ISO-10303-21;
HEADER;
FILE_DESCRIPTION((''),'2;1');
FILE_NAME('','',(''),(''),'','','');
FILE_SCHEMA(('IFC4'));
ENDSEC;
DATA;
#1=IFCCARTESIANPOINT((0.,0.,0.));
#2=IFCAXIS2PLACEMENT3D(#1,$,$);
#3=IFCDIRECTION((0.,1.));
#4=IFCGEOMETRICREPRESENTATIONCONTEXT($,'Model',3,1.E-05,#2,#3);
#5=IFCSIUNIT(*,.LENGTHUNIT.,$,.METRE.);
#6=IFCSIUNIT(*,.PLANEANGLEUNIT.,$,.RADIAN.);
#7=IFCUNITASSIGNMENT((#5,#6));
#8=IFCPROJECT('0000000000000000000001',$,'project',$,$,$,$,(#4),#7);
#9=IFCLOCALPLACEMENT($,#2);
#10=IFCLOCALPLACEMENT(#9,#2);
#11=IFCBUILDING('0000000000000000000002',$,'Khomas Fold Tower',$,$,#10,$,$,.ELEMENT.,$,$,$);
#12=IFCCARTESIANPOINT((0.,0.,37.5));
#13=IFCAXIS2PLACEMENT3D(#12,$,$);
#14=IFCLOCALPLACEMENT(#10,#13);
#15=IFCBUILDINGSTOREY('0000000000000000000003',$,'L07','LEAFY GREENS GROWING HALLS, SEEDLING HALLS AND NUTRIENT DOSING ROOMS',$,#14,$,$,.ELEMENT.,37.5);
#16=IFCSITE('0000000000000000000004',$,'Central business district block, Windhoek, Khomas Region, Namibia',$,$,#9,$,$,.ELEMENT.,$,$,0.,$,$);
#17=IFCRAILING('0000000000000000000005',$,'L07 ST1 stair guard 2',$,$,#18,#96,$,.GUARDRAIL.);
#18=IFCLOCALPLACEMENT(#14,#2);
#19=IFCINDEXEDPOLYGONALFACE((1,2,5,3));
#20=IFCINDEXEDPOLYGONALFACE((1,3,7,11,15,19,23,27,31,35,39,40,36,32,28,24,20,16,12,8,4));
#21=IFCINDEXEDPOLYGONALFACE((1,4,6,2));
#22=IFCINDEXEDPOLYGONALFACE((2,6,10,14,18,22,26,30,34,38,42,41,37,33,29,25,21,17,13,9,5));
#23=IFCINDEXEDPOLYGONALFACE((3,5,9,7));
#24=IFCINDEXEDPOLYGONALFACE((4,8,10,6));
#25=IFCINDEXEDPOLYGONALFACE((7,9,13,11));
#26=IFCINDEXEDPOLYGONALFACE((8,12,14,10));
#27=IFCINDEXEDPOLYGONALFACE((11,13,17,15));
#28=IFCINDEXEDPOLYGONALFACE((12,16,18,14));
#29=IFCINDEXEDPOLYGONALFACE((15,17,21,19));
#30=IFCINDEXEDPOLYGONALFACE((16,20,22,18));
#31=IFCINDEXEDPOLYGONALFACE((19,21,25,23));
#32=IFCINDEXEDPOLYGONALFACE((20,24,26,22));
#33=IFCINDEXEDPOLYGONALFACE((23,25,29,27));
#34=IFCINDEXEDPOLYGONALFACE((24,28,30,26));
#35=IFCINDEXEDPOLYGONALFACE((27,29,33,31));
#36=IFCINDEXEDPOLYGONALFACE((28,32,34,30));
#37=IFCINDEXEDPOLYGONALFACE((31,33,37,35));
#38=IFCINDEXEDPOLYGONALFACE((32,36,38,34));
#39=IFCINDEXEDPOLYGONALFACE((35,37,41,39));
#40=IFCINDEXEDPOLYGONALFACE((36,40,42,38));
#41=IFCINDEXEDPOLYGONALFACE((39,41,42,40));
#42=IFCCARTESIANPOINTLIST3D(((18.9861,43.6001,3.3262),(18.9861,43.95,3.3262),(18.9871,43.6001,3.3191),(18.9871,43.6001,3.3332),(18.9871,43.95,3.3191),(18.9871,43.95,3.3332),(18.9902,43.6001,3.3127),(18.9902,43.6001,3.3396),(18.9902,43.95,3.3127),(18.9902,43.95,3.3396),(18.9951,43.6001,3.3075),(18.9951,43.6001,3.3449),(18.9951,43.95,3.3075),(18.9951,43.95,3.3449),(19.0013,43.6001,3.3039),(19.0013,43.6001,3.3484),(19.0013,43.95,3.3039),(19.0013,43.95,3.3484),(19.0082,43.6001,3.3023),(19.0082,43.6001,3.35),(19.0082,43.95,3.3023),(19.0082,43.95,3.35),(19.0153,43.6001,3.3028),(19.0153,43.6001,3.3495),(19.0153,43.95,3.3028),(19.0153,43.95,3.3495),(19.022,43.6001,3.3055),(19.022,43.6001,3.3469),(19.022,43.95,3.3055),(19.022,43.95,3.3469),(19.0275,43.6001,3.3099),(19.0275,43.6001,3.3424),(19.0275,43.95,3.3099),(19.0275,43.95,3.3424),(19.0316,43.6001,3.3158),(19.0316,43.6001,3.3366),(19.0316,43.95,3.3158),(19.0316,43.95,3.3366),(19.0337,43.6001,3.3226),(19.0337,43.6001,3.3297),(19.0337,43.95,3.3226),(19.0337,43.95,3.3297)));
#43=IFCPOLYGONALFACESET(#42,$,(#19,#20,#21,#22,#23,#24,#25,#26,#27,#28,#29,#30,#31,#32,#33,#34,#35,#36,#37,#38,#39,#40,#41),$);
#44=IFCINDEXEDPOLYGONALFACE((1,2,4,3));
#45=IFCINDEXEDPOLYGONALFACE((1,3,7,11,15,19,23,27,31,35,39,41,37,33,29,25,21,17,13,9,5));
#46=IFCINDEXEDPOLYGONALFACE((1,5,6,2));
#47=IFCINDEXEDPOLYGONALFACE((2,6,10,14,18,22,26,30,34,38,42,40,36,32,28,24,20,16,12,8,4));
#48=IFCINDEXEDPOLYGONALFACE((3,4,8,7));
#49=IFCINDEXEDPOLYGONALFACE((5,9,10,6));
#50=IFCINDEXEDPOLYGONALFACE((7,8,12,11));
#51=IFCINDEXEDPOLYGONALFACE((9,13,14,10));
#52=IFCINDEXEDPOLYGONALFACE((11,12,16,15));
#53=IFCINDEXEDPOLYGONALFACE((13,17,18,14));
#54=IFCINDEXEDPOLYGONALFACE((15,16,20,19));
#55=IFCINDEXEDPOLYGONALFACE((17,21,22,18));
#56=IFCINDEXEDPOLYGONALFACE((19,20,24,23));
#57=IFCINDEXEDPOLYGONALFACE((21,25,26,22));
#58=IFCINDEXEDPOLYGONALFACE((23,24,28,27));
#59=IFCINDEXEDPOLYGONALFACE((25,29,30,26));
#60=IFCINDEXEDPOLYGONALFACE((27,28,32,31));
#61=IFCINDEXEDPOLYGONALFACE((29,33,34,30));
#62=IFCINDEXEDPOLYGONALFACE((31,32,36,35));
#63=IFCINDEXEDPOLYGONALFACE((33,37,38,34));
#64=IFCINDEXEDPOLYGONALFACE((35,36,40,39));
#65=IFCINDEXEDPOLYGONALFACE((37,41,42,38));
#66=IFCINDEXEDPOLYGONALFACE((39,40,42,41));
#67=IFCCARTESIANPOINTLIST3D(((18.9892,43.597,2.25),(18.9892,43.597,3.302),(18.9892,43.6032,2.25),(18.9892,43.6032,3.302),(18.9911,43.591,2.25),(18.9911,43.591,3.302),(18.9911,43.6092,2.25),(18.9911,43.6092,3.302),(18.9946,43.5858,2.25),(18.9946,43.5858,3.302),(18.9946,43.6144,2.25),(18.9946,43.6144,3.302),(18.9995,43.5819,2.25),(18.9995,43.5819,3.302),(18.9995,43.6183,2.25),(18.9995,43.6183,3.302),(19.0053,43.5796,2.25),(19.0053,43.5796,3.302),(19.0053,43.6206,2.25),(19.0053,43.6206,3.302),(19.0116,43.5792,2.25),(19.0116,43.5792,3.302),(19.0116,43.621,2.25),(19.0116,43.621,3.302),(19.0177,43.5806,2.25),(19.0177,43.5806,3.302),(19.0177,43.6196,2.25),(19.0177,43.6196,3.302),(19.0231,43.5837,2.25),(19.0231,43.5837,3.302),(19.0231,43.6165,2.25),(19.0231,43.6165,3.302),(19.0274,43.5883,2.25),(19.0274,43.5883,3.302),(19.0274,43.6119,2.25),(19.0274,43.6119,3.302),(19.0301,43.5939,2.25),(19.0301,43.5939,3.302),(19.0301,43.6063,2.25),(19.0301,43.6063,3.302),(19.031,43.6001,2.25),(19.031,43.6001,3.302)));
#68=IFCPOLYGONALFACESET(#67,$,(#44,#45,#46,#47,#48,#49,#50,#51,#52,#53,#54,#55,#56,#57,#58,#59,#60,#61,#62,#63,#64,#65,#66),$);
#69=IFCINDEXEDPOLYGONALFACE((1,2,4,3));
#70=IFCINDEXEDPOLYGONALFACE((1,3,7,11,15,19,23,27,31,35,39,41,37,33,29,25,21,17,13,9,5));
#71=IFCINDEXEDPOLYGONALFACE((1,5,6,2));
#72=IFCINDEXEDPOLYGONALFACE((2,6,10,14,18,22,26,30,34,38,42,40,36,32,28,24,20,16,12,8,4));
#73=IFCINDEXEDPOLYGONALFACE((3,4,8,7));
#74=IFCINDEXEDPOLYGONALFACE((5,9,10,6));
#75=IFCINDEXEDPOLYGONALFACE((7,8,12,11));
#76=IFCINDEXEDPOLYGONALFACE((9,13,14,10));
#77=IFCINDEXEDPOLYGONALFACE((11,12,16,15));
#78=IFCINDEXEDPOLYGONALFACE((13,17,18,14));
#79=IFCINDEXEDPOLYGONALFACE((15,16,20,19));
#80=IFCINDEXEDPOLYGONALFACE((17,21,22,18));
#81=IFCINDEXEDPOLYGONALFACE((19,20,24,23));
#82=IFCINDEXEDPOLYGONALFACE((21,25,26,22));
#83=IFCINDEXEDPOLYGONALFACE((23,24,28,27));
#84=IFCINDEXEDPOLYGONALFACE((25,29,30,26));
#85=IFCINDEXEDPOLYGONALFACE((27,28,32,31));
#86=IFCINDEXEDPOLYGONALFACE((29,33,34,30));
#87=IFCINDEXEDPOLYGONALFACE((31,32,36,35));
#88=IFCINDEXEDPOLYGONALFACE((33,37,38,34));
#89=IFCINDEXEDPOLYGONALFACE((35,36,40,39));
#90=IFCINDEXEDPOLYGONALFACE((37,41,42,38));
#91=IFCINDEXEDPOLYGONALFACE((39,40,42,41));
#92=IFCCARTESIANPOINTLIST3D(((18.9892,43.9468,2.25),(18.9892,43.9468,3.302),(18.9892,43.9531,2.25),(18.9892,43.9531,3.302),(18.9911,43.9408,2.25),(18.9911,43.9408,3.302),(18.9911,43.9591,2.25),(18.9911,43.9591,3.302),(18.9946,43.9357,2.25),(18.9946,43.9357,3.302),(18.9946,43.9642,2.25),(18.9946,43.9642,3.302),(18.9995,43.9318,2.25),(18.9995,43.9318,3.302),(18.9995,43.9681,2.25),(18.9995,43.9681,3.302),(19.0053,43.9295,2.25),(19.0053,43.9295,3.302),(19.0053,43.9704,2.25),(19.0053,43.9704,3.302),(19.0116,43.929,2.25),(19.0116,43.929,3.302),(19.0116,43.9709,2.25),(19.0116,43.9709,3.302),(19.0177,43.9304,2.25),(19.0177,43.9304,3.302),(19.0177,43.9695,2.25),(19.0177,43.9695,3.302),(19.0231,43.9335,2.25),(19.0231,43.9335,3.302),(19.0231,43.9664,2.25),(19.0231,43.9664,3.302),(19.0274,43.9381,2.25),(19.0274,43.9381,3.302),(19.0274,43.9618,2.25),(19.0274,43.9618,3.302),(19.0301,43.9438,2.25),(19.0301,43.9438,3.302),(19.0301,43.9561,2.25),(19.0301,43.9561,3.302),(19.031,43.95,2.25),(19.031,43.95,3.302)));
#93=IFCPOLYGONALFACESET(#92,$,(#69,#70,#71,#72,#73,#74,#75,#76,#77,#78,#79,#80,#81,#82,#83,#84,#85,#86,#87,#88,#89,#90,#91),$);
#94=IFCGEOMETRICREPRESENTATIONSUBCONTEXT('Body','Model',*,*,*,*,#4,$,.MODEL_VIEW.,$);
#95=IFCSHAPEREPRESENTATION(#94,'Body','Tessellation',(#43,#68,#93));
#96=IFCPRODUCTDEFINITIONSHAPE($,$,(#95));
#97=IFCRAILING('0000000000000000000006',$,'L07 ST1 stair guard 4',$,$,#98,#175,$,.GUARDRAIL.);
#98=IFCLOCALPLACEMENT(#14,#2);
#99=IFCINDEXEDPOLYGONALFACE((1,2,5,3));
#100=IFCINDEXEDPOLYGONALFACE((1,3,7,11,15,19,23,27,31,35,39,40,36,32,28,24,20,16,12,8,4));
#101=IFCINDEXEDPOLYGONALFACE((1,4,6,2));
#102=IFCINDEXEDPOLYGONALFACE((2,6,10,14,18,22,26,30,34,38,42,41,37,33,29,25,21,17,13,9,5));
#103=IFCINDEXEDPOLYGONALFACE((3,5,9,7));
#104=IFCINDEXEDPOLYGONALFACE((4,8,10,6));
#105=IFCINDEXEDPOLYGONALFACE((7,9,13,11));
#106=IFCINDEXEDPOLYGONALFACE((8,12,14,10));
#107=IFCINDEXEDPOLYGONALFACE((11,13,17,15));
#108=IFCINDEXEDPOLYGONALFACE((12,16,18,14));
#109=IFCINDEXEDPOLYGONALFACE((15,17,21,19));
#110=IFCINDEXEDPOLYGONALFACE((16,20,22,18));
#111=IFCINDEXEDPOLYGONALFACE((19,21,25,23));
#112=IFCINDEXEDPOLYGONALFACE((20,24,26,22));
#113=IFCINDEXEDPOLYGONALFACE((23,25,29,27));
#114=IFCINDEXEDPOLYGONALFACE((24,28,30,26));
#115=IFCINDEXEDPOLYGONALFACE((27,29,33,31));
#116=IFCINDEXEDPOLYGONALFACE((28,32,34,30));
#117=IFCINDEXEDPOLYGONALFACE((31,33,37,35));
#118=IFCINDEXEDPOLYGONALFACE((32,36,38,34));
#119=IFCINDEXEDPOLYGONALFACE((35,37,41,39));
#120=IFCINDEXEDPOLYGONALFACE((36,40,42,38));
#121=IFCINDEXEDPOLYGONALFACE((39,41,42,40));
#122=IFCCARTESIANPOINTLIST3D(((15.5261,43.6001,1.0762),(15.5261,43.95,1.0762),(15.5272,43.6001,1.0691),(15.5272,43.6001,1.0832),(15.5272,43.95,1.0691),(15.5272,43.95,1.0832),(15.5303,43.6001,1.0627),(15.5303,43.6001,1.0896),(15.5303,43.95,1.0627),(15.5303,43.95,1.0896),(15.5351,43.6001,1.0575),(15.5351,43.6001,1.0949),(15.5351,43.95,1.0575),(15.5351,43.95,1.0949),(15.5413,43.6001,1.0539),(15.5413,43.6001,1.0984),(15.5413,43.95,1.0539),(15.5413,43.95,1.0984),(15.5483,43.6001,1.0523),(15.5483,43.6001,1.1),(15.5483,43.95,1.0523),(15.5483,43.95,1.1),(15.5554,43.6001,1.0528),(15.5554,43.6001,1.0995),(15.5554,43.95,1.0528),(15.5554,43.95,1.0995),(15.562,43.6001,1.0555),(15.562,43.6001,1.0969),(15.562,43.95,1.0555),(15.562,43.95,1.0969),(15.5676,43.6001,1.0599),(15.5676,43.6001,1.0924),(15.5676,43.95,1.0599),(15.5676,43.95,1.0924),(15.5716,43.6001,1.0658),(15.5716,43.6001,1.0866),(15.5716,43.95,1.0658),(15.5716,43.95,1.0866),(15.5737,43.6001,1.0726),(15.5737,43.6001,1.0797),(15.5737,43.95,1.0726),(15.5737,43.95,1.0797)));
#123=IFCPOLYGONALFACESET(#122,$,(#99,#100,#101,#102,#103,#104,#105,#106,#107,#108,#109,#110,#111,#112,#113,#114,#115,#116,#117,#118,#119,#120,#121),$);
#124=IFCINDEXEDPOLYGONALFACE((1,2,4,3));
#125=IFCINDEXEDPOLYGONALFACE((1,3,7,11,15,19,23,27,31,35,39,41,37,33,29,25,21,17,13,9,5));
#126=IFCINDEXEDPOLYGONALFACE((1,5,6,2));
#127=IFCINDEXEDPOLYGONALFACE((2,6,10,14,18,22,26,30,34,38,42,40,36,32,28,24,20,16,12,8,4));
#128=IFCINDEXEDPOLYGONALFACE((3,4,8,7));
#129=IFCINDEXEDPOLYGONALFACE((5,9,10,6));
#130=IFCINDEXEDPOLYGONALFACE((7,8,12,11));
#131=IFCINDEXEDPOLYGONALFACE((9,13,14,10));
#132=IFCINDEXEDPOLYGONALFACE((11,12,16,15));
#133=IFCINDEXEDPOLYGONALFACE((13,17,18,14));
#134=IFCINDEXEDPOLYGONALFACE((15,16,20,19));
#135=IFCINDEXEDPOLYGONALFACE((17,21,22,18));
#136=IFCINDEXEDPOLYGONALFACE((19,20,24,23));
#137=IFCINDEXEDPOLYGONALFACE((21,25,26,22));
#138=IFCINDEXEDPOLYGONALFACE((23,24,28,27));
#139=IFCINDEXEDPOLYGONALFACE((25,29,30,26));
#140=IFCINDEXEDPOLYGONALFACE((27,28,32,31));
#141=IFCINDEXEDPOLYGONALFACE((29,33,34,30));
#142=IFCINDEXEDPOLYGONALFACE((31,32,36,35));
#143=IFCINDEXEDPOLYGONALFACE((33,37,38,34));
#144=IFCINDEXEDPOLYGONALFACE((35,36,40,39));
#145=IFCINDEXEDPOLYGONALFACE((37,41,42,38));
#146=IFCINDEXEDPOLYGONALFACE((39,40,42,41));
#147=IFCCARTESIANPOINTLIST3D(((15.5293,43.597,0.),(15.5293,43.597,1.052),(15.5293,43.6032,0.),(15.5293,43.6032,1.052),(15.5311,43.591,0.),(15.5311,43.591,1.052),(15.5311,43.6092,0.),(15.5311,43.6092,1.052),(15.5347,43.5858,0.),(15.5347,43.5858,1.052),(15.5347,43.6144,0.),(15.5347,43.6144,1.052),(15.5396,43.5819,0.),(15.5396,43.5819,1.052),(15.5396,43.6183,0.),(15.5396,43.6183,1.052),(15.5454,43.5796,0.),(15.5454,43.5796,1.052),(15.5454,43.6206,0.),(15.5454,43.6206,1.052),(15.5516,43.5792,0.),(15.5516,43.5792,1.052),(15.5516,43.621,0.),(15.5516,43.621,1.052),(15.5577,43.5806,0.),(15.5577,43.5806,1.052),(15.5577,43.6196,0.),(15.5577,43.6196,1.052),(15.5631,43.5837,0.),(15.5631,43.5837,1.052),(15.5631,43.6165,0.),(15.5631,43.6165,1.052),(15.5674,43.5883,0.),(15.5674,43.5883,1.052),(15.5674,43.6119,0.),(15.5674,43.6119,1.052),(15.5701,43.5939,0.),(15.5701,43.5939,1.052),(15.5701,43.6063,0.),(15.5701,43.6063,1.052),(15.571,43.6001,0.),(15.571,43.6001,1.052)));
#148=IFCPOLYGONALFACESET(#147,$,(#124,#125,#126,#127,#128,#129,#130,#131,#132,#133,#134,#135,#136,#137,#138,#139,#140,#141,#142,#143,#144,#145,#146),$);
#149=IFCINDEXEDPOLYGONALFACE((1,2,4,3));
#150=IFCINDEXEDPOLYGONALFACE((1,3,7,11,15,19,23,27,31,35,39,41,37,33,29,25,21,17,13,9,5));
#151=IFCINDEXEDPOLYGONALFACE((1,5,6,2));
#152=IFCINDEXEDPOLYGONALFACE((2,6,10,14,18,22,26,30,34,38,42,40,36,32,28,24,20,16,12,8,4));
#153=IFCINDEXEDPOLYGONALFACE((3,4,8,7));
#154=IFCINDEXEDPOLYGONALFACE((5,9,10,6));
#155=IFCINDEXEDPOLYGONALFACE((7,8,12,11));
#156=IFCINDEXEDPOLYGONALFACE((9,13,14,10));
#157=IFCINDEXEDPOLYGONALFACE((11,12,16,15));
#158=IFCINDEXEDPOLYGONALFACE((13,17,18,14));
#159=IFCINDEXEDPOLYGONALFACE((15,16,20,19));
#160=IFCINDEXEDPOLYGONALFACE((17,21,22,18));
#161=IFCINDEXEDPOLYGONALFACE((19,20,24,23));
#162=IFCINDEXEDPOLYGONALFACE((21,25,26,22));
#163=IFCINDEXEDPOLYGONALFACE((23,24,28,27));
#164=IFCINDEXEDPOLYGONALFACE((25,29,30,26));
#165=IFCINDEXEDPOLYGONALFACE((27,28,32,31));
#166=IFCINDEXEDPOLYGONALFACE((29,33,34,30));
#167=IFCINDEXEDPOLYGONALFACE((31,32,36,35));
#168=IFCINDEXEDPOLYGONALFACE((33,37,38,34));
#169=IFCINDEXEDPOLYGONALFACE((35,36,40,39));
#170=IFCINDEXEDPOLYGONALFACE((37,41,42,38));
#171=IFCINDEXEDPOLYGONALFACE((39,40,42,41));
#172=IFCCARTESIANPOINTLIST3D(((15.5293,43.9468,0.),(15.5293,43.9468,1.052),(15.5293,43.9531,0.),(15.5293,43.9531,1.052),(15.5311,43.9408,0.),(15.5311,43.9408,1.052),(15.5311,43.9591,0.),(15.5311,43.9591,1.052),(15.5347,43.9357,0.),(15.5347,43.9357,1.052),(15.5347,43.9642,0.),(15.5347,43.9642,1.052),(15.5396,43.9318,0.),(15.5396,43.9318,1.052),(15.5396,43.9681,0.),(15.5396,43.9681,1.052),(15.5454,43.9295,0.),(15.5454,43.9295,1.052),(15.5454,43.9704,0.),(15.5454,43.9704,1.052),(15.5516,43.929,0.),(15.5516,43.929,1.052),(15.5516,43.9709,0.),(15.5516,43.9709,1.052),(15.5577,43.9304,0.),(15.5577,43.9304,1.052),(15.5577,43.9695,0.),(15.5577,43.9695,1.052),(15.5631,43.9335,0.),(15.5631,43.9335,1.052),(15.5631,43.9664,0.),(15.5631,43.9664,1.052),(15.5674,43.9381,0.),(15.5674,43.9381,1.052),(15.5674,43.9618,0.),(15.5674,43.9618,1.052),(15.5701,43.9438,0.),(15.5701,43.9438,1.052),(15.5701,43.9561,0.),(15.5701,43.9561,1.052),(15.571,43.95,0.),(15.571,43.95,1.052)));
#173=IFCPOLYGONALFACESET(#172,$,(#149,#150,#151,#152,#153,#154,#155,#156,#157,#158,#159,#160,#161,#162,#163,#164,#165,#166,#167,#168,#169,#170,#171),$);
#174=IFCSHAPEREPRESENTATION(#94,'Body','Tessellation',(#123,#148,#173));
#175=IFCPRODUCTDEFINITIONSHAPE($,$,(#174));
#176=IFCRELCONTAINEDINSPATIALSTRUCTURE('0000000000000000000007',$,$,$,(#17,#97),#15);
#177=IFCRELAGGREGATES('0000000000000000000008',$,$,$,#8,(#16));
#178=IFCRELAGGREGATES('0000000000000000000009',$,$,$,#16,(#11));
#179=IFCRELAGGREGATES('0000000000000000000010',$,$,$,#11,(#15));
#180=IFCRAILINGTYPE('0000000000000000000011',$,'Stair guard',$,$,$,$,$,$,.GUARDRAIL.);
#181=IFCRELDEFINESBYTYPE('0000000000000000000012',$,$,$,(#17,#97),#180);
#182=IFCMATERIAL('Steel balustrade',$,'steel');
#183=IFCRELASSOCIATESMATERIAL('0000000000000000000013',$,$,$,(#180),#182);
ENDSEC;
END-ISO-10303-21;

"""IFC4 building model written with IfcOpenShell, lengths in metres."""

from ifc_helpers import new_model, si_unit, direction, frame, origin, origin_2d, place, context, subcontext, project, spatial, circle, extrude, source, transform, mapped, material, type_object, element, save


model = new_model("IFC4")

# Units and contexts
model_context = context("Model", 3, precision=1e-05, world=origin(), true_north=direction((0.0, 1.0)))
body_context = subcontext(model_context, "Body", "Model", "MODEL_VIEW")
ifc_project = project(units=[si_unit("LENGTHUNIT", "METRE"), si_unit("PLANEANGLEUNIT", "RADIAN")], contexts=[model_context])

# Site, building, storey
site_placement = place(None, origin())
site = spatial("IfcSite", under=ifc_project, at=site_placement, Name="Central business district block, Windhoek, Khomas Region, Namibia", CompositionType="ELEMENT", RefElevation=0.0)
building_placement = place(site_placement, origin())
building = spatial("IfcBuilding", under=site, at=building_placement, Name="Khomas Fold Tower", CompositionType="ELEMENT")
storey_placement = place(building_placement, frame((0.0, 0.0, 37.5)))
storey = spatial("IfcBuildingStorey", under=building, at=storey_placement, Name="L07", Description="LEAFY GREENS GROWING HALLS, SEEDLING HALLS AND NUTRIENT DOSING ROOMS", CompositionType="ELEMENT", Elevation=37.5)

# Railings
ifc_material_1 = material(Name="Steel balustrade", Category="steel")
railing_type_1 = type_object("IfcRailingType", Name="Stair guard", PredefinedType="GUARDRAIL", material=ifc_material_1)
shared_shape_1 = source(origin(), body_context, "Body", "SweptSolid", [
    extrude(circle(Radius=0.0239, at=origin_2d()), frame((0.0, 0.0, 1.0762), z_axis=(0.0, 1.0, 0.0), x_axis=(-1.0, 0.0, 0.0)), (0.0, 0.0, 1.0), 0.3499),
    extrude(circle(Radius=0.021, at=origin_2d()), origin(), (0.0, 0.0, 1.0), 1.052),
    extrude(circle(Radius=0.021, at=origin_2d()), frame((0.0, 0.3499, 0.0)), (0.0, 0.0, 1.0), 1.052),
])
for number, where, name in (
    (1, (19.01, 43.6001, 2.25), "L07 ST1 stair guard 2"),
    (2, (15.55, 43.6001, 0.0), "L07 ST1 stair guard 4"),
):
    element("IfcRailing", number, at=place(storey_placement, frame(where)), inside=storey, type_object=railing_type_1, Name=name, PredefinedType="GUARDRAIL", context=body_context, shape_type="MappedRepresentation", body=[
        mapped(shared_shape_1, transform((0.0, 0.0, 0.0))),
    ])

save(model, "model.ifc")
